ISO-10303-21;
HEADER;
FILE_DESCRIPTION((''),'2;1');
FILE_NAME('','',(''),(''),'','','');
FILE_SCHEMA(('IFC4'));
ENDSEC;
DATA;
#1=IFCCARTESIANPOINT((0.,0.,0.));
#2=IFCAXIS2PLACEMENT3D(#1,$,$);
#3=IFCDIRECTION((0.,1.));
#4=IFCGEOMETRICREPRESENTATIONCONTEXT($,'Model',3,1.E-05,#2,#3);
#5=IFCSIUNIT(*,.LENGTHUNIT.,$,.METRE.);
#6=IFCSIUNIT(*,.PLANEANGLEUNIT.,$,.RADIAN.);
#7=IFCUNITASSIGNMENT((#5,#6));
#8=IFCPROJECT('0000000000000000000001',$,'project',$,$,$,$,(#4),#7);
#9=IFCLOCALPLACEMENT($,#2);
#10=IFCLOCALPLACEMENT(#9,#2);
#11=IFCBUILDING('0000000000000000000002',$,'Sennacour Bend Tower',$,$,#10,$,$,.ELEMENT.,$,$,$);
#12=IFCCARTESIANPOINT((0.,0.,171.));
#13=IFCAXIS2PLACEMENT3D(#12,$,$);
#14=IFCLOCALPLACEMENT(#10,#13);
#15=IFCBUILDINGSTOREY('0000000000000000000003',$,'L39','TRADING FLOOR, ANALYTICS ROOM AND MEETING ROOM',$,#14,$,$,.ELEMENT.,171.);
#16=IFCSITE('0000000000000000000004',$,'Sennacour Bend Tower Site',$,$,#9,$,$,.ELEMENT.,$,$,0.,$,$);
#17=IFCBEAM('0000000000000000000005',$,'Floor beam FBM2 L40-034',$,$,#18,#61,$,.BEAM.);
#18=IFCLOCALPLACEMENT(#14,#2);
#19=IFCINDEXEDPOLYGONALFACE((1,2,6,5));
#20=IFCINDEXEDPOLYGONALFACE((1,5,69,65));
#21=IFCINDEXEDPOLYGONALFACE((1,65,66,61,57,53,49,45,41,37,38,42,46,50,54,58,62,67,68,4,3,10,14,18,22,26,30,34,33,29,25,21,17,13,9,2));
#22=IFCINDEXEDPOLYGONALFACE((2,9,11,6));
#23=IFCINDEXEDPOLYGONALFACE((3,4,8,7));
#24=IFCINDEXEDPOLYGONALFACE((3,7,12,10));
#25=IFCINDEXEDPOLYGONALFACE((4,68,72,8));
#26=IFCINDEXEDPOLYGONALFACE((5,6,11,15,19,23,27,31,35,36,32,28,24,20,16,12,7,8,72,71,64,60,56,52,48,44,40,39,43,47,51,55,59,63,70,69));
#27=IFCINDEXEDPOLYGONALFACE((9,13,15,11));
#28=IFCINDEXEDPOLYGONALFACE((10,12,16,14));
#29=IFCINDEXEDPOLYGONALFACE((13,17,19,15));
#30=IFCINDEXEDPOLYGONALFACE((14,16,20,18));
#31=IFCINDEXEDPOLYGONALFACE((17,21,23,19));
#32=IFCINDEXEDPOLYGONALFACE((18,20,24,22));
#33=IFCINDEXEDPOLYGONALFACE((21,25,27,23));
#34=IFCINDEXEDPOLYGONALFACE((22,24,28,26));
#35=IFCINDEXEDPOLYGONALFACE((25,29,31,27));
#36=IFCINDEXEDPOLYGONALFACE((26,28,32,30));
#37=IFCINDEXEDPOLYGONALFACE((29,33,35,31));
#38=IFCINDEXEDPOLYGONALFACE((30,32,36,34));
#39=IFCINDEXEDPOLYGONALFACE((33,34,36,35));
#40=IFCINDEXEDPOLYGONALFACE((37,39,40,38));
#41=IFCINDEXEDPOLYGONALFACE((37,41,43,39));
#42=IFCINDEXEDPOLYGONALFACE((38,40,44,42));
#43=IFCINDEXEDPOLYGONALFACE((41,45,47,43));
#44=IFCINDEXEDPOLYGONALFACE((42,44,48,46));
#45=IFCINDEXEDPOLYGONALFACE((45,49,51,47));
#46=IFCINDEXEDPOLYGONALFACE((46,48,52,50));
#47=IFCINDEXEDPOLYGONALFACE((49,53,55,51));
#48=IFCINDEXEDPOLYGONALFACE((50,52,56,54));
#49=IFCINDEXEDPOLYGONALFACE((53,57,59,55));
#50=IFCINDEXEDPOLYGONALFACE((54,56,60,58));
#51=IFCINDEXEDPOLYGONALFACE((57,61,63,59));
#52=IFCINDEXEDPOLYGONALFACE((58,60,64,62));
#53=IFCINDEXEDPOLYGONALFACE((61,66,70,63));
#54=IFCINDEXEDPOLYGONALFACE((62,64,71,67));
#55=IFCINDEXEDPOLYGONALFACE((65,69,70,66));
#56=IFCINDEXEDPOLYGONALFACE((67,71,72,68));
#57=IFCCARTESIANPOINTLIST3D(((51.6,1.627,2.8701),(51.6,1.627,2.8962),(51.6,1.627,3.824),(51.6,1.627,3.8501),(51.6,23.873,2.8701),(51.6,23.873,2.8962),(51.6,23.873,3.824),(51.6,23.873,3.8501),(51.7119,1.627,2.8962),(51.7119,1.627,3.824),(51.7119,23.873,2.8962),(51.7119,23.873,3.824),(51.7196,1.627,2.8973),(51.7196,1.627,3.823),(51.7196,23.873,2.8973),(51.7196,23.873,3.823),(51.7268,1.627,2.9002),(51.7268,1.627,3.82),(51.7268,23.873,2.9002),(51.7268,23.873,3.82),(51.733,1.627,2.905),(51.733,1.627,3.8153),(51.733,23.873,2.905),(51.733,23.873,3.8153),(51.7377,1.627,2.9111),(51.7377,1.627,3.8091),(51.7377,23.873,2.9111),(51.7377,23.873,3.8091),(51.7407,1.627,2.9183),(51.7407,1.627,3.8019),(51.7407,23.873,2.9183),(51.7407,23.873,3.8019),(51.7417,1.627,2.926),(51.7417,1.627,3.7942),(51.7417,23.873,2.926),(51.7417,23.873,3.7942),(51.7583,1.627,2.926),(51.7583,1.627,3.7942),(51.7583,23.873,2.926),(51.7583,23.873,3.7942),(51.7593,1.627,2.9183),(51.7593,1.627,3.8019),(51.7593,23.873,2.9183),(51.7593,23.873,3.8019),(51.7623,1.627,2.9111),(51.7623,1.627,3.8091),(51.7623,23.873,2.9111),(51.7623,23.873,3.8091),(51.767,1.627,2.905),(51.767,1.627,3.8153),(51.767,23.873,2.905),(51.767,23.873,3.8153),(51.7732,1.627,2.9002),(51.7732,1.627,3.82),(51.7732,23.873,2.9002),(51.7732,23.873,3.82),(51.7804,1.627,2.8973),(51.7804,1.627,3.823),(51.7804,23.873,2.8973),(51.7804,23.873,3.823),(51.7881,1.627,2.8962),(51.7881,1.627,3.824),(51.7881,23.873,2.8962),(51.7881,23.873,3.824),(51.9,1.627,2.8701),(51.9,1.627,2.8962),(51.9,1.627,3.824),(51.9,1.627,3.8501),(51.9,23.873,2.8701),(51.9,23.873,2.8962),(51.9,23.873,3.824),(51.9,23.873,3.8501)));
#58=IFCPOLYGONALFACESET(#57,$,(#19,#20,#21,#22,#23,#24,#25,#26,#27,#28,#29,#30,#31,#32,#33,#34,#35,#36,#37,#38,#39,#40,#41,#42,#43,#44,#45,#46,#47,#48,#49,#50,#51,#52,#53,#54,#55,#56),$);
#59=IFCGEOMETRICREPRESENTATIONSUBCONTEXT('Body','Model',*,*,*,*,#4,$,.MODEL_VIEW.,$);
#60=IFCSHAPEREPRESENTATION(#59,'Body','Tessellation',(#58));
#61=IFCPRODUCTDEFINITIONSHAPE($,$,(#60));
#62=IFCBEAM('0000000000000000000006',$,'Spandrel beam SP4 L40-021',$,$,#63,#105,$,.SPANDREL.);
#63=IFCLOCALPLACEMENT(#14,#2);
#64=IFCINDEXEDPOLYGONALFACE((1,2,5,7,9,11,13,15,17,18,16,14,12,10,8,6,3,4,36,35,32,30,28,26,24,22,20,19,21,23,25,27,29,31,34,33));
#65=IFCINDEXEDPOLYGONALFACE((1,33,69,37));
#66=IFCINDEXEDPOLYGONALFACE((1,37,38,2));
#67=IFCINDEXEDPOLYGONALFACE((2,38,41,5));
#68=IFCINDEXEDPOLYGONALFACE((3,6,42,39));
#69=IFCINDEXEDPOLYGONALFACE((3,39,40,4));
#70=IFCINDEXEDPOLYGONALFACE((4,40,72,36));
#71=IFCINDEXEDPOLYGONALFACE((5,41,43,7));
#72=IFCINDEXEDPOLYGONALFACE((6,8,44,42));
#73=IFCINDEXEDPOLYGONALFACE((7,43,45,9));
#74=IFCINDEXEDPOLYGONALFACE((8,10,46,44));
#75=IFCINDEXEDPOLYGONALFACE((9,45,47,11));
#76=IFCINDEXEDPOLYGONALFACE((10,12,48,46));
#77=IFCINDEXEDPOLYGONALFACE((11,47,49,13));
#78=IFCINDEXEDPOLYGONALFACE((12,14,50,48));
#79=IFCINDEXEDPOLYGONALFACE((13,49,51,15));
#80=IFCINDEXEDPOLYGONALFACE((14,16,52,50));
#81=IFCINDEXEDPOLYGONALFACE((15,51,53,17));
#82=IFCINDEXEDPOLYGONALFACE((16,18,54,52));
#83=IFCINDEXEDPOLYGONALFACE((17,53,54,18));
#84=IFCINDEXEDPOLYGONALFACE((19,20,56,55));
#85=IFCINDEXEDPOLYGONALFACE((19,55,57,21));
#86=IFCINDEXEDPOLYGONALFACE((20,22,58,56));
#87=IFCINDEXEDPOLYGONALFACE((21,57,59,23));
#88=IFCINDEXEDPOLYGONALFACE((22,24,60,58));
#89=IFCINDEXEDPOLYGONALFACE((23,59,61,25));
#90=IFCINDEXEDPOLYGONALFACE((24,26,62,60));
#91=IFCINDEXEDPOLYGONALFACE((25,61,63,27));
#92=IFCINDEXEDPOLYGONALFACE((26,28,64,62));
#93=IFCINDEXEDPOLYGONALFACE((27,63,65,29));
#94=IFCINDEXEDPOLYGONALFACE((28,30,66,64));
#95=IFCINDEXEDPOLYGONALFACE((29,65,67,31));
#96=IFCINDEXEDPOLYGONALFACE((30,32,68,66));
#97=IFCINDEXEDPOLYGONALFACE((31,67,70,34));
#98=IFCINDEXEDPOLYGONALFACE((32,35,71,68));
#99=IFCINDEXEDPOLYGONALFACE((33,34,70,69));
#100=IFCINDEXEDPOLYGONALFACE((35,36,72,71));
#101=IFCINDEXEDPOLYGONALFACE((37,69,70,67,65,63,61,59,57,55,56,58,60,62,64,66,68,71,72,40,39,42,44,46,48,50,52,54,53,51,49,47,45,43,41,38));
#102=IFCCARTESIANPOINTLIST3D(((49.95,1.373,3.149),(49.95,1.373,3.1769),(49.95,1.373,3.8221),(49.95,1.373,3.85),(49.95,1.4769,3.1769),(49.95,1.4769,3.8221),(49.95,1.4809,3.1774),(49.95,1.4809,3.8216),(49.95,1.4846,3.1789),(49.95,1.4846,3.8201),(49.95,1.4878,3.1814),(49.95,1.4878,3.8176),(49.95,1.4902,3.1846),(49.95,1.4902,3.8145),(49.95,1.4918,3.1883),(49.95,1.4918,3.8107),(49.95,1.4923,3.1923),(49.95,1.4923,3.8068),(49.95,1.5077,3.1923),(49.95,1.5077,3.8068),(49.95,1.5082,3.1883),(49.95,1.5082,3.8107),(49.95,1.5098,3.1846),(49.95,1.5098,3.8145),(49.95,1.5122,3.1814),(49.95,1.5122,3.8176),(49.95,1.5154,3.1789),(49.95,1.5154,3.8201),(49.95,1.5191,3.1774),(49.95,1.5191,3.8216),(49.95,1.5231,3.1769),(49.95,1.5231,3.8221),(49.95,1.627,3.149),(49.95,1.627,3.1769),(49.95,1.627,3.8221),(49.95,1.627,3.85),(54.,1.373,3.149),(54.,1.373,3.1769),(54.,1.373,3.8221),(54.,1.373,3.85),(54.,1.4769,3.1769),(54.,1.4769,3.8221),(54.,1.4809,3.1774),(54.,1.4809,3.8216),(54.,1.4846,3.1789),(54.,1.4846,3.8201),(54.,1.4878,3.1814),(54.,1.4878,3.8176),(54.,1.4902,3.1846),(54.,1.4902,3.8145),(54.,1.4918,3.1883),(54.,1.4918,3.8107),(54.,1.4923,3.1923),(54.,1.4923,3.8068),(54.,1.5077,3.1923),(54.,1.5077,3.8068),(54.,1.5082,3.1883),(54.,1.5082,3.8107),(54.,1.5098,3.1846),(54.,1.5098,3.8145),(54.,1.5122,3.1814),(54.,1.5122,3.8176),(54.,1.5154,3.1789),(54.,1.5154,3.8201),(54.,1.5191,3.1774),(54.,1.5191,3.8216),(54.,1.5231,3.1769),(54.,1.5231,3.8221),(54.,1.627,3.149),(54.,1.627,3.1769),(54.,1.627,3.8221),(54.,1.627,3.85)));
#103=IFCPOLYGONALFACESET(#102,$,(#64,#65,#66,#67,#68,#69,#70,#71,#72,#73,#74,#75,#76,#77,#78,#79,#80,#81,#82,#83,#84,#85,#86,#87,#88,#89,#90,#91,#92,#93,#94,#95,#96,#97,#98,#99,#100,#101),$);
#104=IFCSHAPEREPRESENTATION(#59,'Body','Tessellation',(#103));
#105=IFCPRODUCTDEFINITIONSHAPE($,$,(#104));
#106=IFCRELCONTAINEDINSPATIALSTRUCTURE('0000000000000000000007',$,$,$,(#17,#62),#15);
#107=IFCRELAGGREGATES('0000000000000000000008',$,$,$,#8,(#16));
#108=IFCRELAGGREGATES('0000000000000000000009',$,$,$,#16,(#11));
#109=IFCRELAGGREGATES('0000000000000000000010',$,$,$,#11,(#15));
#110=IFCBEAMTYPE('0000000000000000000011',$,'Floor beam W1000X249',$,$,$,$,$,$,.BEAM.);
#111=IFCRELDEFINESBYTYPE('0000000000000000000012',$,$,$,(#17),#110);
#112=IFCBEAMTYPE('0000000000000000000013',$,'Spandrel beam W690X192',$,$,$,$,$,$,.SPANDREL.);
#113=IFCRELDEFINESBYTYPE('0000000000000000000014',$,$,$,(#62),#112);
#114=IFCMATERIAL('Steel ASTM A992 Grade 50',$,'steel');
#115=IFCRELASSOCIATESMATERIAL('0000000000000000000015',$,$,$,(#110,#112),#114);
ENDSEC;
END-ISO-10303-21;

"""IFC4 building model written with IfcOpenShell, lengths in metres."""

from ifc_helpers import new_model, si_unit, direction, frame, origin, origin_2d, place, context, subcontext, project, spatial, i_section, extrude, material, material_profile, profile_set, type_object, element, save


model = new_model("IFC4")

# Units and contexts
model_context = context("Model", 3, precision=1e-05, world=origin(), true_north=direction((0.0, 1.0)))
body_context = subcontext(model_context, "Body", "Model", "MODEL_VIEW")
ifc_project = project(units=[si_unit("LENGTHUNIT", "METRE"), si_unit("PLANEANGLEUNIT", "RADIAN")], contexts=[model_context])

# Site, building, storey
site_placement = place(None, origin())
site = spatial("IfcSite", under=ifc_project, at=site_placement, Name="Sennacour Bend Tower Site", CompositionType="ELEMENT", RefElevation=0.0)
building_placement = place(site_placement, origin())
building = spatial("IfcBuilding", under=site, at=building_placement, Name="Sennacour Bend Tower", CompositionType="ELEMENT")
storey_placement = place(building_placement, frame((0.0, 0.0, 171.0)))
storey = spatial("IfcBuildingStorey", under=building, at=storey_placement, Name="L39", Description="TRADING FLOOR, ANALYTICS ROOM AND MEETING ROOM", CompositionType="ELEMENT", Elevation=171.0)

# Beams
ifc_material_1 = material(Name="Steel ASTM A992 Grade 50", Category="steel")
ifc_material_profile_1 = material_profile(ifc_material_1, i_section(OverallWidth=0.3, OverallDepth=0.98, WebThickness=0.0166, FlangeThickness=0.0261, FilletRadius=0.0298, at=origin_2d()), Name="Steel ASTM A992 Grade 50", Category="steel")
ifc_profile_set_1 = profile_set([ifc_material_profile_1], Name="Steel ASTM A992 Grade 50")
beam_type_1 = type_object("IfcBeamType", Name="Floor beam W1000X249", PredefinedType="BEAM", material=ifc_profile_set_1)
beam_1_placement = place(storey_placement, frame((51.75, 1.627, 3.3601), z_axis=(0.0, 1.0, 0.0), x_axis=(-1.0, 0.0, 0.0)))
element("IfcBeam", 1, at=beam_1_placement, inside=storey, type_object=beam_type_1, Name="Floor beam FBM2 L40-034", PredefinedType="BEAM", context=body_context, shape_type="SweptSolid", body=[
    extrude(i_section(OverallWidth=0.3, OverallDepth=0.98, WebThickness=0.0166, FlangeThickness=0.0261, FilletRadius=0.0298, at=origin_2d()), origin(), (0.0, 0.0, 1.0), 22.2461),
])
ifc_material_profile_2 = material_profile(ifc_material_1, i_section(OverallWidth=0.2539, OverallDepth=0.7009, WebThickness=0.0154, FlangeThickness=0.0278, FilletRadius=0.0154, at=origin_2d()), Name="Steel ASTM A992 Grade 50", Category="steel")
ifc_profile_set_2 = profile_set([ifc_material_profile_2], Name="Steel ASTM A992 Grade 50")
beam_type_2 = type_object("IfcBeamType", Name="Spandrel beam W690X192", PredefinedType="SPANDREL", material=ifc_profile_set_2)
beam_2_placement = place(storey_placement, frame((54.0, 1.5, 3.4995), z_axis=(-1.0, 0.0, 0.0), x_axis=(0.0, -1.0, 0.0)))
element("IfcBeam", 2, at=beam_2_placement, inside=storey, type_object=beam_type_2, Name="Spandrel beam SP4 L40-021", PredefinedType="SPANDREL", context=body_context, shape_type="SweptSolid", body=[
    extrude(i_section(OverallWidth=0.2539, OverallDepth=0.7009, WebThickness=0.0154, FlangeThickness=0.0278, FilletRadius=0.0154, at=origin_2d()), origin(), (0.0, 0.0, 1.0), 4.05),
])

save(model, "model.ifc")
